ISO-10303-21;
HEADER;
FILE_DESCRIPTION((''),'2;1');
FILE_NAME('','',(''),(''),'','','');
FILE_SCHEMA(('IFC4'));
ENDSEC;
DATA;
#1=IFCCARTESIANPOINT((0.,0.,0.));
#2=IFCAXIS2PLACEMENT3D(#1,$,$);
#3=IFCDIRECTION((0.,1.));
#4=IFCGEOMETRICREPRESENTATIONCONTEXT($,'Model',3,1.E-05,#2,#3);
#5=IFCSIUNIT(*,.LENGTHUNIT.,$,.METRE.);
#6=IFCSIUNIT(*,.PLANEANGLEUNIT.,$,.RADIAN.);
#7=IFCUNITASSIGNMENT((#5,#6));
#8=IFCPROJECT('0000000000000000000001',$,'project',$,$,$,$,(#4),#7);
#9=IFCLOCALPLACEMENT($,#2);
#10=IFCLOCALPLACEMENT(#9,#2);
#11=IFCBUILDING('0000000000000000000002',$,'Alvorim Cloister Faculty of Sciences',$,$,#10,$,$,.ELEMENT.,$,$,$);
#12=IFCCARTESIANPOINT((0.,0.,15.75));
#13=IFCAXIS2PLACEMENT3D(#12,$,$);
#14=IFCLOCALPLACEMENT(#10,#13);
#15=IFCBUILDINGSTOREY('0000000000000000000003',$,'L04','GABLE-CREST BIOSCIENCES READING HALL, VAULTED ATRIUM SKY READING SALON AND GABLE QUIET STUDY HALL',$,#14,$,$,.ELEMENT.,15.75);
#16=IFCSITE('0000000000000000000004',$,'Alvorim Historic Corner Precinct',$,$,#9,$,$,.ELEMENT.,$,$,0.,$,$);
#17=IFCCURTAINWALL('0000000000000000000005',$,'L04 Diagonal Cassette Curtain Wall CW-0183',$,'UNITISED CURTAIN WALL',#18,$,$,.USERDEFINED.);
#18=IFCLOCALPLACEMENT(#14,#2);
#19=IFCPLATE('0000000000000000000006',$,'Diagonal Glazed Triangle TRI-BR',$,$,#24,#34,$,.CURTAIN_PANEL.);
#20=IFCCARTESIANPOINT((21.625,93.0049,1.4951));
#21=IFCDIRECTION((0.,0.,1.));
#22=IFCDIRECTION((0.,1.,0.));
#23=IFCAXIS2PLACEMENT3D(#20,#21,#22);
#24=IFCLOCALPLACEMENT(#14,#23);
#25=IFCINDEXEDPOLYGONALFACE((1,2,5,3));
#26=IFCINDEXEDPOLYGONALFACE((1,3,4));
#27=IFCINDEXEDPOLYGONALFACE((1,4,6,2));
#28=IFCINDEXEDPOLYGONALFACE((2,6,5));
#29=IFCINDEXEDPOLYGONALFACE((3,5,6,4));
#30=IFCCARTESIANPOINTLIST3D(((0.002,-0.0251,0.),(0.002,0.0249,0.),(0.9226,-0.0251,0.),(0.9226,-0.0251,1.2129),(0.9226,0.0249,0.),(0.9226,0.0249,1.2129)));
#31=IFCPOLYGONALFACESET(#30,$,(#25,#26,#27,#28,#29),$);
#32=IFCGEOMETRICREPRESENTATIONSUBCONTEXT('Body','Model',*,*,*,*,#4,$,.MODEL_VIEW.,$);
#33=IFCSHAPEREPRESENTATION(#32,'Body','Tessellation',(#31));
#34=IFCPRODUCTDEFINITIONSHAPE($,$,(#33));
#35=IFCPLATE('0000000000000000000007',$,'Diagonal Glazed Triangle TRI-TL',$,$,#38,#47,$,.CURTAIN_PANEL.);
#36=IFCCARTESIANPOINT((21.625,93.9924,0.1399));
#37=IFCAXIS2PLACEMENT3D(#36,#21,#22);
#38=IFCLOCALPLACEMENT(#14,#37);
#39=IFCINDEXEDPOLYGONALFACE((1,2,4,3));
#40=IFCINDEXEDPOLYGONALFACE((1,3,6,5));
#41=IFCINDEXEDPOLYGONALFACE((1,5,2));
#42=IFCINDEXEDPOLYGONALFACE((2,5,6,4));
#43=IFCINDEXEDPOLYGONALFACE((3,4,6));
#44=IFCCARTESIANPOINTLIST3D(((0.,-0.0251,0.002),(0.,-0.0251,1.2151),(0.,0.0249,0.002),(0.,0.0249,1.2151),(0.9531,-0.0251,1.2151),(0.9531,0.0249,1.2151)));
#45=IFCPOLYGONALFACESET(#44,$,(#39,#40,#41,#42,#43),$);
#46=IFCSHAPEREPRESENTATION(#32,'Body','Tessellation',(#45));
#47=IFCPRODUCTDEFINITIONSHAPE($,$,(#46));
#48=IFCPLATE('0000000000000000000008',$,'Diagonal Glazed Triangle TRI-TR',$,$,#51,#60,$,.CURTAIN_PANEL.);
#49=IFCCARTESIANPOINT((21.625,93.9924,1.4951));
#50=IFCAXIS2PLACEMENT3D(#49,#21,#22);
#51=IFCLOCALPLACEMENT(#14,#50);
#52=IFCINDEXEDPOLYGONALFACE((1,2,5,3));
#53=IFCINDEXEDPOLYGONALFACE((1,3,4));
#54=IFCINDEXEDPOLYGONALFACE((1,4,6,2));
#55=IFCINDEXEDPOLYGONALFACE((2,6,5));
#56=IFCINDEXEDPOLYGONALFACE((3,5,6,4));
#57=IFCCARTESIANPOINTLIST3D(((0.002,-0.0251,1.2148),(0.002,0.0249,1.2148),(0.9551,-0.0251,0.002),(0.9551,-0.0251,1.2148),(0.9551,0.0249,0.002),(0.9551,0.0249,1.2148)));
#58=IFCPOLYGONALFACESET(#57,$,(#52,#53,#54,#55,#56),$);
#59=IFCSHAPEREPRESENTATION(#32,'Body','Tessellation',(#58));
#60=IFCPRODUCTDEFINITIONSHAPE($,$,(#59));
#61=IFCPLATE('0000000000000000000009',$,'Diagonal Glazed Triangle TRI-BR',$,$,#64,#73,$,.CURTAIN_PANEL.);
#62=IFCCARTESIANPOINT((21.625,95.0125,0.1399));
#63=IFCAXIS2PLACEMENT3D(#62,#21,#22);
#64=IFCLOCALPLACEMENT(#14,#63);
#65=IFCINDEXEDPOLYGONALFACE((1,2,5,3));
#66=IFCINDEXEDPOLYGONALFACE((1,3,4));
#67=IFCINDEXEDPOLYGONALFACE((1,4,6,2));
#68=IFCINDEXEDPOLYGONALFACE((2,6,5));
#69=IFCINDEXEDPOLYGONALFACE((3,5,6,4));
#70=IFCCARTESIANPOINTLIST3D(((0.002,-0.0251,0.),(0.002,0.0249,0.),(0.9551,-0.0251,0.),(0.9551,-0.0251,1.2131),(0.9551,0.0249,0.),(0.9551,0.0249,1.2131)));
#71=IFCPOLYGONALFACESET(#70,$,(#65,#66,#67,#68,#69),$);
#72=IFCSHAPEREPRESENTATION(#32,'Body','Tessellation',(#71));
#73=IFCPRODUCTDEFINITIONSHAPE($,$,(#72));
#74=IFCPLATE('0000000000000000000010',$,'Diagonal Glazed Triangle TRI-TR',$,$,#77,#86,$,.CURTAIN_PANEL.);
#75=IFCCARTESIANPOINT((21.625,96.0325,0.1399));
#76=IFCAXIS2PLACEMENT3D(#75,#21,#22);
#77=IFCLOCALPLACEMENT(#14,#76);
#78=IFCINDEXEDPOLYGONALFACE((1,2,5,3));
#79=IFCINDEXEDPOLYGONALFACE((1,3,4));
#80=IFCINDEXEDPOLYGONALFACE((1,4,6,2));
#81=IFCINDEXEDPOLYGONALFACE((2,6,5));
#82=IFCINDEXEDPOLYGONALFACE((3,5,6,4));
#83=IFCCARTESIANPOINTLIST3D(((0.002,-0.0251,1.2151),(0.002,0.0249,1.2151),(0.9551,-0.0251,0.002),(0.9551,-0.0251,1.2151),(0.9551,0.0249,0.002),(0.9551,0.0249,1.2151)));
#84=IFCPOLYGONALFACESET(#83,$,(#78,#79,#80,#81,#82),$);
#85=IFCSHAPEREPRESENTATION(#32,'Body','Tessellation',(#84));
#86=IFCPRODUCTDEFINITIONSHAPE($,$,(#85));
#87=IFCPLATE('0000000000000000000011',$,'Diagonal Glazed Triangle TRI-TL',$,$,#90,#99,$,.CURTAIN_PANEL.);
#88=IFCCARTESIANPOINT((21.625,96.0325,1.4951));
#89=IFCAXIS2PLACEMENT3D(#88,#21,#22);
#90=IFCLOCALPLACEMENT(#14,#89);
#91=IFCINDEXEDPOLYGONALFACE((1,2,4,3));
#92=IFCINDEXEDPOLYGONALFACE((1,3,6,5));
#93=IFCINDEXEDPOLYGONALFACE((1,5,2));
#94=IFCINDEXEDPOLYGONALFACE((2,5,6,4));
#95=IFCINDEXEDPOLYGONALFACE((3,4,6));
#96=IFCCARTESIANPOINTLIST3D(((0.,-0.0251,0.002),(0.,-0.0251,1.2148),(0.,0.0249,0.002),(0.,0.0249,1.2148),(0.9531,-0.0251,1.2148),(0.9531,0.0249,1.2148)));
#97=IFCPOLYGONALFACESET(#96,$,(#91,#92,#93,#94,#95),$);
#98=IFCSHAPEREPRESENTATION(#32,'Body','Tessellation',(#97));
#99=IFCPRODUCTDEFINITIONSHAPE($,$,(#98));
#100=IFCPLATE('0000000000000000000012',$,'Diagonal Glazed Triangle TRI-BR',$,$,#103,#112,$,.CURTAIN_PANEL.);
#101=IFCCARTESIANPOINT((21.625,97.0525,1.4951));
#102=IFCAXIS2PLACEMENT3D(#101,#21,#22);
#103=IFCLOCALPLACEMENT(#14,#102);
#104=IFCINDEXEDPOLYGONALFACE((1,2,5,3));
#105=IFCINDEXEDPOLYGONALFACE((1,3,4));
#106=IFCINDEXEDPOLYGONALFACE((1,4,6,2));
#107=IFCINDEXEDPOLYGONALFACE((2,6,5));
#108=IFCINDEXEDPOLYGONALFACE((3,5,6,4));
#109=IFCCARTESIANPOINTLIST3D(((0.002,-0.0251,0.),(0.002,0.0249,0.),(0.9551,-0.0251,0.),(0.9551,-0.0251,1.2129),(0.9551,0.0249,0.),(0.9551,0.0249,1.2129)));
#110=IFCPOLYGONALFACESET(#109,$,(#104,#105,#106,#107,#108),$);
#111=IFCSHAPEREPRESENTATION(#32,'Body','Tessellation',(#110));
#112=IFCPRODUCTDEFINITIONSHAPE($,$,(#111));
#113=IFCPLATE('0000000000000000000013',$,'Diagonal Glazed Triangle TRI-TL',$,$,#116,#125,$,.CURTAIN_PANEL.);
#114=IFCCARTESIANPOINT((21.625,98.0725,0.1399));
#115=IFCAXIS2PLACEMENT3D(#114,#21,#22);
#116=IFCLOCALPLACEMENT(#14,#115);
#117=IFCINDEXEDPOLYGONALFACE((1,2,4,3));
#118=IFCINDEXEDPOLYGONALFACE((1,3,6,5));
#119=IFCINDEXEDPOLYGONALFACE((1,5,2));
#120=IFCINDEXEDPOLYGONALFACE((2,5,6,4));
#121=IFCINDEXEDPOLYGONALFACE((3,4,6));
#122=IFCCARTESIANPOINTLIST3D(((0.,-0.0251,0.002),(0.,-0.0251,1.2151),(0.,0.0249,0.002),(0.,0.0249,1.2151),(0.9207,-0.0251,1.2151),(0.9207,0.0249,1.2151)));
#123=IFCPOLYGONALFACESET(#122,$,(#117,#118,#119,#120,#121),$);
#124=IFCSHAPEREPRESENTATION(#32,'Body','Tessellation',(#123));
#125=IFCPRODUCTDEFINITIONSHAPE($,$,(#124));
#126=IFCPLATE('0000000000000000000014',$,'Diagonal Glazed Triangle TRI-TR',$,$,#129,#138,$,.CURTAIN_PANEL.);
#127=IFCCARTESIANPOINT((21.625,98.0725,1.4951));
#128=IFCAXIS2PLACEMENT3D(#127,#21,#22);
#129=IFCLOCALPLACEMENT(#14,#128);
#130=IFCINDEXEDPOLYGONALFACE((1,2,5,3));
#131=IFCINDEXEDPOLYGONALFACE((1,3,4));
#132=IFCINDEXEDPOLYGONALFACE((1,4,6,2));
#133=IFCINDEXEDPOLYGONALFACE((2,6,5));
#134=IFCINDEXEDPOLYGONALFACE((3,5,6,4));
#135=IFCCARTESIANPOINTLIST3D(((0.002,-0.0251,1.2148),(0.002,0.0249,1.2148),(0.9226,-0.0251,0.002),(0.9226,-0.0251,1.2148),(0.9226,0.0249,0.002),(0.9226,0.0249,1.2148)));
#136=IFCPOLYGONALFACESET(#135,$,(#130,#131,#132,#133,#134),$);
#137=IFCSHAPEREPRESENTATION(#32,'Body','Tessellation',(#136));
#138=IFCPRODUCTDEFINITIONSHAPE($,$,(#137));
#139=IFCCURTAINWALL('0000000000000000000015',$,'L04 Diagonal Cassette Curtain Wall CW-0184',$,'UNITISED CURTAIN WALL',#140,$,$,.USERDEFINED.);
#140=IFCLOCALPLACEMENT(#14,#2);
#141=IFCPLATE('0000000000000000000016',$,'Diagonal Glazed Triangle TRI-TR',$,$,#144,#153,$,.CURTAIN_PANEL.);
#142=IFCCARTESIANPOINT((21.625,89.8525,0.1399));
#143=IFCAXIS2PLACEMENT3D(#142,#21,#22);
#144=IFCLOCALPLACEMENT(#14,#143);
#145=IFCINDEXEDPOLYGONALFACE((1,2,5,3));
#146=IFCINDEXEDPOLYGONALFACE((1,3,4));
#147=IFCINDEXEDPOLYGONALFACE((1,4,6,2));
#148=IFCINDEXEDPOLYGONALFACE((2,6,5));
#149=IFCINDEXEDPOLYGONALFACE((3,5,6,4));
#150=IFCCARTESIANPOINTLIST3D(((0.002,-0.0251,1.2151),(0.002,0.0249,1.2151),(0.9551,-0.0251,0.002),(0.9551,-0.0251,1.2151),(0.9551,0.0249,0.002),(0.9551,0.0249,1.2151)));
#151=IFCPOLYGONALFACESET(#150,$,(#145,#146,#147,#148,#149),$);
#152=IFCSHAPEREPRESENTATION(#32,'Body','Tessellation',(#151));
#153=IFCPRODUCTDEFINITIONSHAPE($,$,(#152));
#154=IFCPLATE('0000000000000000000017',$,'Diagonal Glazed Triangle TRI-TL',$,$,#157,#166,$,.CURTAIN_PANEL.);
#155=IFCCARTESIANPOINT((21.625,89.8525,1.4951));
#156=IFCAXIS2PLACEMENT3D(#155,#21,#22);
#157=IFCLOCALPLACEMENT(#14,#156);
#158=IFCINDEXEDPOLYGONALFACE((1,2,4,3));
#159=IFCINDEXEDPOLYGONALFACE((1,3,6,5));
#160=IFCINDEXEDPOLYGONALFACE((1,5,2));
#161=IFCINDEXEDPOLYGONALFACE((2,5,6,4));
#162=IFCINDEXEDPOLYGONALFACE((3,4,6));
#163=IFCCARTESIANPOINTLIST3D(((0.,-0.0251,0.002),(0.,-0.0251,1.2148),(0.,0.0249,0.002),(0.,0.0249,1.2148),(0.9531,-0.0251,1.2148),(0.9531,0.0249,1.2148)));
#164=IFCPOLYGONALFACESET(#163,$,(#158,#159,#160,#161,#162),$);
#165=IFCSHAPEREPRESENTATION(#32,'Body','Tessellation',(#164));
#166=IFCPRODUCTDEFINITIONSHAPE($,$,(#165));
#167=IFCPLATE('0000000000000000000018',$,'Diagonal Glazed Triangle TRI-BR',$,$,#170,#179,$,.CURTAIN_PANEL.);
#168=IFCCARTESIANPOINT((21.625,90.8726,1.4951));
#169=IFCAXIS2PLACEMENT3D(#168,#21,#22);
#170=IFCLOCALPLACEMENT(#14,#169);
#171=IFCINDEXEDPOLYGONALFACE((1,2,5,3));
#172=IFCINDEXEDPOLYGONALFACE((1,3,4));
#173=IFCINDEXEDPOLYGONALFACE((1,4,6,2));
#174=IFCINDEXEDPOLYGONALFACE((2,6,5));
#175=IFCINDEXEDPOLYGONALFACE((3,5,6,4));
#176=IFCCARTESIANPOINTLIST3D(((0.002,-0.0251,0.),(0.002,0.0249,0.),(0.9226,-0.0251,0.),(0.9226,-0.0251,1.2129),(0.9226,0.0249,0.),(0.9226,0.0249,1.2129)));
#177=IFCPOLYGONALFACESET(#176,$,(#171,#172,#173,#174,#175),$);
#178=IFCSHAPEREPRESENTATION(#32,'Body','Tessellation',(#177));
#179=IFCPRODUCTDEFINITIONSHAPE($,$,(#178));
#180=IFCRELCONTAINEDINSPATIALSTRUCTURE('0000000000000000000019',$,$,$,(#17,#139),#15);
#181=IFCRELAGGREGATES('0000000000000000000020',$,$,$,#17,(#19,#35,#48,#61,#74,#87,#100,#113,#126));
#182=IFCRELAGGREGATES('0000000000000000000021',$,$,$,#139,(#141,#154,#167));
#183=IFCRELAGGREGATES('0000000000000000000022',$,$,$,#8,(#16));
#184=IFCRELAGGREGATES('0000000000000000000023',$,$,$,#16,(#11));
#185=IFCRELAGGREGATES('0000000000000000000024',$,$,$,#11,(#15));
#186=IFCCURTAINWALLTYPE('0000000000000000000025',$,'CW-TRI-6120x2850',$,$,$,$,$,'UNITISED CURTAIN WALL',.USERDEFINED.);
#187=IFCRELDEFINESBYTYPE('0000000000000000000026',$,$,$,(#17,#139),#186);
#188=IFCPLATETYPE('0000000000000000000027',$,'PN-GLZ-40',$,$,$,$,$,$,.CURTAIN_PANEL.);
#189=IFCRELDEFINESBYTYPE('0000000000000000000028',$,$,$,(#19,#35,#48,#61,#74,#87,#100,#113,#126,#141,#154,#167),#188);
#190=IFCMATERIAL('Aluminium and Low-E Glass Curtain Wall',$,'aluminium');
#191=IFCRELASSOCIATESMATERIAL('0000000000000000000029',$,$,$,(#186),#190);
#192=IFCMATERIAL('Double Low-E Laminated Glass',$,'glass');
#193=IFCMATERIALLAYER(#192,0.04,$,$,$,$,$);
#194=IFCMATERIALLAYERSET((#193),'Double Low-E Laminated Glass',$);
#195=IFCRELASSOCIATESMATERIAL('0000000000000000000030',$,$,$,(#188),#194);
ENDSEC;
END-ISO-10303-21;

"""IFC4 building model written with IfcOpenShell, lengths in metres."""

from ifc_helpers import new_model, si_unit, direction, frame, origin, place, context, subcontext, project, spatial, polyline, outline, extrude, material, layer, layer_set, type_object, element, aggregate, save


model = new_model("IFC4")

# Units and contexts
model_context = context("Model", 3, precision=1e-05, world=origin(), true_north=direction((0.0, 1.0)))
body_context = subcontext(model_context, "Body", "Model", "MODEL_VIEW")
ifc_project = project(units=[si_unit("LENGTHUNIT", "METRE"), si_unit("PLANEANGLEUNIT", "RADIAN")], contexts=[model_context])

# Site, building, storey
site_placement = place(None, origin())
site = spatial("IfcSite", under=ifc_project, at=site_placement, Name="Alvorim Historic Corner Precinct", CompositionType="ELEMENT", RefElevation=0.0)
building_placement = place(site_placement, origin())
building = spatial("IfcBuilding", under=site, at=building_placement, Name="Alvorim Cloister Faculty of Sciences", CompositionType="ELEMENT")
storey_placement = place(building_placement, frame((0.0, 0.0, 15.75)))
storey = spatial("IfcBuildingStorey", under=building, at=storey_placement, Name="L04", Description="GABLE-CREST BIOSCIENCES READING HALL, VAULTED ATRIUM SKY READING SALON AND GABLE QUIET STUDY HALL", CompositionType="ELEMENT", Elevation=15.75)

# Curtain walls, plates
ifc_material_1 = material(Name="Aluminium and Low-E Glass Curtain Wall", Category="aluminium")
curtain_wall_type = type_object("IfcCurtainWallType", Name="CW-TRI-6120x2850", ElementType="UNITISED CURTAIN WALL", PredefinedType="USERDEFINED", material=ifc_material_1)
curtain_wall_1_placement = place(storey_placement, origin())
curtain_wall_1 = element("IfcCurtainWall", 1, at=curtain_wall_1_placement, inside=storey, type_object=curtain_wall_type, Name="L04 Diagonal Cassette Curtain Wall CW-0183", ObjectType="UNITISED CURTAIN WALL", PredefinedType="USERDEFINED")
ifc_material_2 = material(Name="Double Low-E Laminated Glass", Category="glass")
ifc_layer_1 = layer(ifc_material_2, 0.04)
ifc_layer_set_1 = layer_set([ifc_layer_1], Name="Double Low-E Laminated Glass")
plate_type = type_object("IfcPlateType", Name="PN-GLZ-40", PredefinedType="CURTAIN_PANEL", material=ifc_layer_set_1)
plate_1_placement = place(storey_placement, frame((21.625, 93.0049, 1.4951), z_axis=(0.0, 0.0, 1.0), x_axis=(0.0, 1.0, 0.0)))
plate_1 = element("IfcPlate", 2, at=plate_1_placement, type_object=plate_type, Name="Diagonal Glazed Triangle TRI-BR", PredefinedType="CURTAIN_PANEL", context=body_context, shape_type="SweptSolid", body=[
    extrude(outline(polyline([(0.002, 0.0), (0.9226, 0.0), (0.9226, 1.2129), (0.002, 0.0)])), frame((0.0, 0.0249, 0.0), z_axis=(0.0, -1.0, 0.0), x_axis=(1.0, 0.0, 0.0)), (0.0, 0.0, 1.0), 0.05),
])
plate_2_placement = place(storey_placement, frame((21.625, 93.9924, 0.1399), z_axis=(0.0, 0.0, 1.0), x_axis=(0.0, 1.0, 0.0)))
plate_2 = element("IfcPlate", 3, at=plate_2_placement, type_object=plate_type, Name="Diagonal Glazed Triangle TRI-TL", PredefinedType="CURTAIN_PANEL", context=body_context, shape_type="SweptSolid", body=[
    extrude(outline(polyline([(0.9531, 1.2151), (0.0, 1.2151), (0.0, 0.002), (0.9531, 1.2151)])), frame((0.0, 0.0249, 0.0), z_axis=(0.0, -1.0, 0.0), x_axis=(1.0, 0.0, 0.0)), (0.0, 0.0, 1.0), 0.05),
])
plate_3_placement = place(storey_placement, frame((21.625, 93.9924, 1.4951), z_axis=(0.0, 0.0, 1.0), x_axis=(0.0, 1.0, 0.0)))
plate_3 = element("IfcPlate", 4, at=plate_3_placement, type_object=plate_type, Name="Diagonal Glazed Triangle TRI-TR", PredefinedType="CURTAIN_PANEL", context=body_context, shape_type="SweptSolid", body=[
    extrude(outline(polyline([(0.9551, 0.002), (0.9551, 1.2148), (0.002, 1.2148), (0.9551, 0.002)])), frame((0.0, 0.0249, 0.0), z_axis=(0.0, -1.0, 0.0), x_axis=(1.0, 0.0, 0.0)), (0.0, 0.0, 1.0), 0.05),
])
plate_4_placement = place(storey_placement, frame((21.625, 95.0125, 0.1399), z_axis=(0.0, 0.0, 1.0), x_axis=(0.0, 1.0, 0.0)))
plate_4 = element("IfcPlate", 5, at=plate_4_placement, type_object=plate_type, Name="Diagonal Glazed Triangle TRI-BR", PredefinedType="CURTAIN_PANEL", context=body_context, shape_type="SweptSolid", body=[
    extrude(outline(polyline([(0.002, 0.0), (0.9551, 0.0), (0.9551, 1.2131), (0.002, 0.0)])), frame((0.0, 0.0249, 0.0), z_axis=(0.0, -1.0, 0.0), x_axis=(1.0, 0.0, 0.0)), (0.0, 0.0, 1.0), 0.05),
])
plate_5_placement = place(storey_placement, frame((21.625, 96.0325, 0.1399), z_axis=(0.0, 0.0, 1.0), x_axis=(0.0, 1.0, 0.0)))
plate_5 = element("IfcPlate", 6, at=plate_5_placement, type_object=plate_type, Name="Diagonal Glazed Triangle TRI-TR", PredefinedType="CURTAIN_PANEL", context=body_context, shape_type="SweptSolid", body=[
    extrude(outline(polyline([(0.9551, 0.002), (0.9551, 1.2151), (0.002, 1.2151), (0.9551, 0.002)])), frame((0.0, 0.0249, 0.0), z_axis=(0.0, -1.0, 0.0), x_axis=(1.0, 0.0, 0.0)), (0.0, 0.0, 1.0), 0.05),
])
plate_6_placement = place(storey_placement, frame((21.625, 96.0325, 1.4951), z_axis=(0.0, 0.0, 1.0), x_axis=(0.0, 1.0, 0.0)))
plate_6 = element("IfcPlate", 7, at=plate_6_placement, type_object=plate_type, Name="Diagonal Glazed Triangle TRI-TL", PredefinedType="CURTAIN_PANEL", context=body_context, shape_type="SweptSolid", body=[
    extrude(outline(polyline([(0.9531, 1.2148), (0.0, 1.2148), (0.0, 0.002), (0.9531, 1.2148)])), frame((0.0, 0.0249, 0.0), z_axis=(0.0, -1.0, 0.0), x_axis=(1.0, 0.0, 0.0)), (0.0, 0.0, 1.0), 0.05),
])
plate_7_placement = place(storey_placement, frame((21.625, 97.0525, 1.4951), z_axis=(0.0, 0.0, 1.0), x_axis=(0.0, 1.0, 0.0)))
plate_7 = element("IfcPlate", 8, at=plate_7_placement, type_object=plate_type, Name="Diagonal Glazed Triangle TRI-BR", PredefinedType="CURTAIN_PANEL", context=body_context, shape_type="SweptSolid", body=[
    extrude(outline(polyline([(0.002, 0.0), (0.9551, 0.0), (0.9551, 1.2129), (0.002, 0.0)])), frame((0.0, 0.0249, 0.0), z_axis=(0.0, -1.0, 0.0), x_axis=(1.0, 0.0, 0.0)), (0.0, 0.0, 1.0), 0.05),
])
plate_8_placement = place(storey_placement, frame((21.625, 98.0725, 0.1399), z_axis=(0.0, 0.0, 1.0), x_axis=(0.0, 1.0, 0.0)))
plate_8 = element("IfcPlate", 9, at=plate_8_placement, type_object=plate_type, Name="Diagonal Glazed Triangle TRI-TL", PredefinedType="CURTAIN_PANEL", context=body_context, shape_type="SweptSolid", body=[
    extrude(outline(polyline([(0.9207, 1.2151), (0.0, 1.2151), (0.0, 0.002), (0.9207, 1.2151)])), frame((0.0, 0.0249, 0.0), z_axis=(0.0, -1.0, 0.0), x_axis=(1.0, 0.0, 0.0)), (0.0, 0.0, 1.0), 0.05),
])
plate_9_placement = place(storey_placement, frame((21.625, 98.0725, 1.4951), z_axis=(0.0, 0.0, 1.0), x_axis=(0.0, 1.0, 0.0)))
plate_9 = element("IfcPlate", 10, at=plate_9_placement, type_object=plate_type, Name="Diagonal Glazed Triangle TRI-TR", PredefinedType="CURTAIN_PANEL", context=body_context, shape_type="SweptSolid", body=[
    extrude(outline(polyline([(0.9226, 0.002), (0.9226, 1.2148), (0.002, 1.2148), (0.9226, 0.002)])), frame((0.0, 0.0249, 0.0), z_axis=(0.0, -1.0, 0.0), x_axis=(1.0, 0.0, 0.0)), (0.0, 0.0, 1.0), 0.05),
])
aggregate(curtain_wall_1, [plate_1, plate_2, plate_3, plate_4, plate_5, plate_6, plate_7, plate_8, plate_9])
curtain_wall_2_placement = place(storey_placement, origin())
curtain_wall_2 = element("IfcCurtainWall", 11, at=curtain_wall_2_placement, inside=storey, type_object=curtain_wall_type, Name="L04 Diagonal Cassette Curtain Wall CW-0184", ObjectType="UNITISED CURTAIN WALL", PredefinedType="USERDEFINED")
plate_10_placement = place(storey_placement, frame((21.625, 89.8525, 0.1399), z_axis=(0.0, 0.0, 1.0), x_axis=(0.0, 1.0, 0.0)))
plate_10 = element("IfcPlate", 12, at=plate_10_placement, type_object=plate_type, Name="Diagonal Glazed Triangle TRI-TR", PredefinedType="CURTAIN_PANEL", context=body_context, shape_type="SweptSolid", body=[
    extrude(outline(polyline([(0.9551, 0.002), (0.9551, 1.2151), (0.002, 1.2151), (0.9551, 0.002)])), frame((0.0, 0.0249, 0.0), z_axis=(0.0, -1.0, 0.0), x_axis=(1.0, 0.0, 0.0)), (0.0, 0.0, 1.0), 0.05),
])
plate_11_placement = place(storey_placement, frame((21.625, 89.8525, 1.4951), z_axis=(0.0, 0.0, 1.0), x_axis=(0.0, 1.0, 0.0)))
plate_11 = element("IfcPlate", 13, at=plate_11_placement, type_object=plate_type, Name="Diagonal Glazed Triangle TRI-TL", PredefinedType="CURTAIN_PANEL", context=body_context, shape_type="SweptSolid", body=[
    extrude(outline(polyline([(0.9531, 1.2148), (0.0, 1.2148), (0.0, 0.002), (0.9531, 1.2148)])), frame((0.0, 0.0249, 0.0), z_axis=(0.0, -1.0, 0.0), x_axis=(1.0, 0.0, 0.0)), (0.0, 0.0, 1.0), 0.05),
])
plate_12_placement = place(storey_placement, frame((21.625, 90.8726, 1.4951), z_axis=(0.0, 0.0, 1.0), x_axis=(0.0, 1.0, 0.0)))
plate_12 = element("IfcPlate", 14, at=plate_12_placement, type_object=plate_type, Name="Diagonal Glazed Triangle TRI-BR", PredefinedType="CURTAIN_PANEL", context=body_context, shape_type="SweptSolid", body=[
    extrude(outline(polyline([(0.002, 0.0), (0.9226, 0.0), (0.9226, 1.2129), (0.002, 0.0)])), frame((0.0, 0.0249, 0.0), z_axis=(0.0, -1.0, 0.0), x_axis=(1.0, 0.0, 0.0)), (0.0, 0.0, 1.0), 0.05),
])
aggregate(curtain_wall_2, [plate_10, plate_11, plate_12])

save(model, "model.ifc")
